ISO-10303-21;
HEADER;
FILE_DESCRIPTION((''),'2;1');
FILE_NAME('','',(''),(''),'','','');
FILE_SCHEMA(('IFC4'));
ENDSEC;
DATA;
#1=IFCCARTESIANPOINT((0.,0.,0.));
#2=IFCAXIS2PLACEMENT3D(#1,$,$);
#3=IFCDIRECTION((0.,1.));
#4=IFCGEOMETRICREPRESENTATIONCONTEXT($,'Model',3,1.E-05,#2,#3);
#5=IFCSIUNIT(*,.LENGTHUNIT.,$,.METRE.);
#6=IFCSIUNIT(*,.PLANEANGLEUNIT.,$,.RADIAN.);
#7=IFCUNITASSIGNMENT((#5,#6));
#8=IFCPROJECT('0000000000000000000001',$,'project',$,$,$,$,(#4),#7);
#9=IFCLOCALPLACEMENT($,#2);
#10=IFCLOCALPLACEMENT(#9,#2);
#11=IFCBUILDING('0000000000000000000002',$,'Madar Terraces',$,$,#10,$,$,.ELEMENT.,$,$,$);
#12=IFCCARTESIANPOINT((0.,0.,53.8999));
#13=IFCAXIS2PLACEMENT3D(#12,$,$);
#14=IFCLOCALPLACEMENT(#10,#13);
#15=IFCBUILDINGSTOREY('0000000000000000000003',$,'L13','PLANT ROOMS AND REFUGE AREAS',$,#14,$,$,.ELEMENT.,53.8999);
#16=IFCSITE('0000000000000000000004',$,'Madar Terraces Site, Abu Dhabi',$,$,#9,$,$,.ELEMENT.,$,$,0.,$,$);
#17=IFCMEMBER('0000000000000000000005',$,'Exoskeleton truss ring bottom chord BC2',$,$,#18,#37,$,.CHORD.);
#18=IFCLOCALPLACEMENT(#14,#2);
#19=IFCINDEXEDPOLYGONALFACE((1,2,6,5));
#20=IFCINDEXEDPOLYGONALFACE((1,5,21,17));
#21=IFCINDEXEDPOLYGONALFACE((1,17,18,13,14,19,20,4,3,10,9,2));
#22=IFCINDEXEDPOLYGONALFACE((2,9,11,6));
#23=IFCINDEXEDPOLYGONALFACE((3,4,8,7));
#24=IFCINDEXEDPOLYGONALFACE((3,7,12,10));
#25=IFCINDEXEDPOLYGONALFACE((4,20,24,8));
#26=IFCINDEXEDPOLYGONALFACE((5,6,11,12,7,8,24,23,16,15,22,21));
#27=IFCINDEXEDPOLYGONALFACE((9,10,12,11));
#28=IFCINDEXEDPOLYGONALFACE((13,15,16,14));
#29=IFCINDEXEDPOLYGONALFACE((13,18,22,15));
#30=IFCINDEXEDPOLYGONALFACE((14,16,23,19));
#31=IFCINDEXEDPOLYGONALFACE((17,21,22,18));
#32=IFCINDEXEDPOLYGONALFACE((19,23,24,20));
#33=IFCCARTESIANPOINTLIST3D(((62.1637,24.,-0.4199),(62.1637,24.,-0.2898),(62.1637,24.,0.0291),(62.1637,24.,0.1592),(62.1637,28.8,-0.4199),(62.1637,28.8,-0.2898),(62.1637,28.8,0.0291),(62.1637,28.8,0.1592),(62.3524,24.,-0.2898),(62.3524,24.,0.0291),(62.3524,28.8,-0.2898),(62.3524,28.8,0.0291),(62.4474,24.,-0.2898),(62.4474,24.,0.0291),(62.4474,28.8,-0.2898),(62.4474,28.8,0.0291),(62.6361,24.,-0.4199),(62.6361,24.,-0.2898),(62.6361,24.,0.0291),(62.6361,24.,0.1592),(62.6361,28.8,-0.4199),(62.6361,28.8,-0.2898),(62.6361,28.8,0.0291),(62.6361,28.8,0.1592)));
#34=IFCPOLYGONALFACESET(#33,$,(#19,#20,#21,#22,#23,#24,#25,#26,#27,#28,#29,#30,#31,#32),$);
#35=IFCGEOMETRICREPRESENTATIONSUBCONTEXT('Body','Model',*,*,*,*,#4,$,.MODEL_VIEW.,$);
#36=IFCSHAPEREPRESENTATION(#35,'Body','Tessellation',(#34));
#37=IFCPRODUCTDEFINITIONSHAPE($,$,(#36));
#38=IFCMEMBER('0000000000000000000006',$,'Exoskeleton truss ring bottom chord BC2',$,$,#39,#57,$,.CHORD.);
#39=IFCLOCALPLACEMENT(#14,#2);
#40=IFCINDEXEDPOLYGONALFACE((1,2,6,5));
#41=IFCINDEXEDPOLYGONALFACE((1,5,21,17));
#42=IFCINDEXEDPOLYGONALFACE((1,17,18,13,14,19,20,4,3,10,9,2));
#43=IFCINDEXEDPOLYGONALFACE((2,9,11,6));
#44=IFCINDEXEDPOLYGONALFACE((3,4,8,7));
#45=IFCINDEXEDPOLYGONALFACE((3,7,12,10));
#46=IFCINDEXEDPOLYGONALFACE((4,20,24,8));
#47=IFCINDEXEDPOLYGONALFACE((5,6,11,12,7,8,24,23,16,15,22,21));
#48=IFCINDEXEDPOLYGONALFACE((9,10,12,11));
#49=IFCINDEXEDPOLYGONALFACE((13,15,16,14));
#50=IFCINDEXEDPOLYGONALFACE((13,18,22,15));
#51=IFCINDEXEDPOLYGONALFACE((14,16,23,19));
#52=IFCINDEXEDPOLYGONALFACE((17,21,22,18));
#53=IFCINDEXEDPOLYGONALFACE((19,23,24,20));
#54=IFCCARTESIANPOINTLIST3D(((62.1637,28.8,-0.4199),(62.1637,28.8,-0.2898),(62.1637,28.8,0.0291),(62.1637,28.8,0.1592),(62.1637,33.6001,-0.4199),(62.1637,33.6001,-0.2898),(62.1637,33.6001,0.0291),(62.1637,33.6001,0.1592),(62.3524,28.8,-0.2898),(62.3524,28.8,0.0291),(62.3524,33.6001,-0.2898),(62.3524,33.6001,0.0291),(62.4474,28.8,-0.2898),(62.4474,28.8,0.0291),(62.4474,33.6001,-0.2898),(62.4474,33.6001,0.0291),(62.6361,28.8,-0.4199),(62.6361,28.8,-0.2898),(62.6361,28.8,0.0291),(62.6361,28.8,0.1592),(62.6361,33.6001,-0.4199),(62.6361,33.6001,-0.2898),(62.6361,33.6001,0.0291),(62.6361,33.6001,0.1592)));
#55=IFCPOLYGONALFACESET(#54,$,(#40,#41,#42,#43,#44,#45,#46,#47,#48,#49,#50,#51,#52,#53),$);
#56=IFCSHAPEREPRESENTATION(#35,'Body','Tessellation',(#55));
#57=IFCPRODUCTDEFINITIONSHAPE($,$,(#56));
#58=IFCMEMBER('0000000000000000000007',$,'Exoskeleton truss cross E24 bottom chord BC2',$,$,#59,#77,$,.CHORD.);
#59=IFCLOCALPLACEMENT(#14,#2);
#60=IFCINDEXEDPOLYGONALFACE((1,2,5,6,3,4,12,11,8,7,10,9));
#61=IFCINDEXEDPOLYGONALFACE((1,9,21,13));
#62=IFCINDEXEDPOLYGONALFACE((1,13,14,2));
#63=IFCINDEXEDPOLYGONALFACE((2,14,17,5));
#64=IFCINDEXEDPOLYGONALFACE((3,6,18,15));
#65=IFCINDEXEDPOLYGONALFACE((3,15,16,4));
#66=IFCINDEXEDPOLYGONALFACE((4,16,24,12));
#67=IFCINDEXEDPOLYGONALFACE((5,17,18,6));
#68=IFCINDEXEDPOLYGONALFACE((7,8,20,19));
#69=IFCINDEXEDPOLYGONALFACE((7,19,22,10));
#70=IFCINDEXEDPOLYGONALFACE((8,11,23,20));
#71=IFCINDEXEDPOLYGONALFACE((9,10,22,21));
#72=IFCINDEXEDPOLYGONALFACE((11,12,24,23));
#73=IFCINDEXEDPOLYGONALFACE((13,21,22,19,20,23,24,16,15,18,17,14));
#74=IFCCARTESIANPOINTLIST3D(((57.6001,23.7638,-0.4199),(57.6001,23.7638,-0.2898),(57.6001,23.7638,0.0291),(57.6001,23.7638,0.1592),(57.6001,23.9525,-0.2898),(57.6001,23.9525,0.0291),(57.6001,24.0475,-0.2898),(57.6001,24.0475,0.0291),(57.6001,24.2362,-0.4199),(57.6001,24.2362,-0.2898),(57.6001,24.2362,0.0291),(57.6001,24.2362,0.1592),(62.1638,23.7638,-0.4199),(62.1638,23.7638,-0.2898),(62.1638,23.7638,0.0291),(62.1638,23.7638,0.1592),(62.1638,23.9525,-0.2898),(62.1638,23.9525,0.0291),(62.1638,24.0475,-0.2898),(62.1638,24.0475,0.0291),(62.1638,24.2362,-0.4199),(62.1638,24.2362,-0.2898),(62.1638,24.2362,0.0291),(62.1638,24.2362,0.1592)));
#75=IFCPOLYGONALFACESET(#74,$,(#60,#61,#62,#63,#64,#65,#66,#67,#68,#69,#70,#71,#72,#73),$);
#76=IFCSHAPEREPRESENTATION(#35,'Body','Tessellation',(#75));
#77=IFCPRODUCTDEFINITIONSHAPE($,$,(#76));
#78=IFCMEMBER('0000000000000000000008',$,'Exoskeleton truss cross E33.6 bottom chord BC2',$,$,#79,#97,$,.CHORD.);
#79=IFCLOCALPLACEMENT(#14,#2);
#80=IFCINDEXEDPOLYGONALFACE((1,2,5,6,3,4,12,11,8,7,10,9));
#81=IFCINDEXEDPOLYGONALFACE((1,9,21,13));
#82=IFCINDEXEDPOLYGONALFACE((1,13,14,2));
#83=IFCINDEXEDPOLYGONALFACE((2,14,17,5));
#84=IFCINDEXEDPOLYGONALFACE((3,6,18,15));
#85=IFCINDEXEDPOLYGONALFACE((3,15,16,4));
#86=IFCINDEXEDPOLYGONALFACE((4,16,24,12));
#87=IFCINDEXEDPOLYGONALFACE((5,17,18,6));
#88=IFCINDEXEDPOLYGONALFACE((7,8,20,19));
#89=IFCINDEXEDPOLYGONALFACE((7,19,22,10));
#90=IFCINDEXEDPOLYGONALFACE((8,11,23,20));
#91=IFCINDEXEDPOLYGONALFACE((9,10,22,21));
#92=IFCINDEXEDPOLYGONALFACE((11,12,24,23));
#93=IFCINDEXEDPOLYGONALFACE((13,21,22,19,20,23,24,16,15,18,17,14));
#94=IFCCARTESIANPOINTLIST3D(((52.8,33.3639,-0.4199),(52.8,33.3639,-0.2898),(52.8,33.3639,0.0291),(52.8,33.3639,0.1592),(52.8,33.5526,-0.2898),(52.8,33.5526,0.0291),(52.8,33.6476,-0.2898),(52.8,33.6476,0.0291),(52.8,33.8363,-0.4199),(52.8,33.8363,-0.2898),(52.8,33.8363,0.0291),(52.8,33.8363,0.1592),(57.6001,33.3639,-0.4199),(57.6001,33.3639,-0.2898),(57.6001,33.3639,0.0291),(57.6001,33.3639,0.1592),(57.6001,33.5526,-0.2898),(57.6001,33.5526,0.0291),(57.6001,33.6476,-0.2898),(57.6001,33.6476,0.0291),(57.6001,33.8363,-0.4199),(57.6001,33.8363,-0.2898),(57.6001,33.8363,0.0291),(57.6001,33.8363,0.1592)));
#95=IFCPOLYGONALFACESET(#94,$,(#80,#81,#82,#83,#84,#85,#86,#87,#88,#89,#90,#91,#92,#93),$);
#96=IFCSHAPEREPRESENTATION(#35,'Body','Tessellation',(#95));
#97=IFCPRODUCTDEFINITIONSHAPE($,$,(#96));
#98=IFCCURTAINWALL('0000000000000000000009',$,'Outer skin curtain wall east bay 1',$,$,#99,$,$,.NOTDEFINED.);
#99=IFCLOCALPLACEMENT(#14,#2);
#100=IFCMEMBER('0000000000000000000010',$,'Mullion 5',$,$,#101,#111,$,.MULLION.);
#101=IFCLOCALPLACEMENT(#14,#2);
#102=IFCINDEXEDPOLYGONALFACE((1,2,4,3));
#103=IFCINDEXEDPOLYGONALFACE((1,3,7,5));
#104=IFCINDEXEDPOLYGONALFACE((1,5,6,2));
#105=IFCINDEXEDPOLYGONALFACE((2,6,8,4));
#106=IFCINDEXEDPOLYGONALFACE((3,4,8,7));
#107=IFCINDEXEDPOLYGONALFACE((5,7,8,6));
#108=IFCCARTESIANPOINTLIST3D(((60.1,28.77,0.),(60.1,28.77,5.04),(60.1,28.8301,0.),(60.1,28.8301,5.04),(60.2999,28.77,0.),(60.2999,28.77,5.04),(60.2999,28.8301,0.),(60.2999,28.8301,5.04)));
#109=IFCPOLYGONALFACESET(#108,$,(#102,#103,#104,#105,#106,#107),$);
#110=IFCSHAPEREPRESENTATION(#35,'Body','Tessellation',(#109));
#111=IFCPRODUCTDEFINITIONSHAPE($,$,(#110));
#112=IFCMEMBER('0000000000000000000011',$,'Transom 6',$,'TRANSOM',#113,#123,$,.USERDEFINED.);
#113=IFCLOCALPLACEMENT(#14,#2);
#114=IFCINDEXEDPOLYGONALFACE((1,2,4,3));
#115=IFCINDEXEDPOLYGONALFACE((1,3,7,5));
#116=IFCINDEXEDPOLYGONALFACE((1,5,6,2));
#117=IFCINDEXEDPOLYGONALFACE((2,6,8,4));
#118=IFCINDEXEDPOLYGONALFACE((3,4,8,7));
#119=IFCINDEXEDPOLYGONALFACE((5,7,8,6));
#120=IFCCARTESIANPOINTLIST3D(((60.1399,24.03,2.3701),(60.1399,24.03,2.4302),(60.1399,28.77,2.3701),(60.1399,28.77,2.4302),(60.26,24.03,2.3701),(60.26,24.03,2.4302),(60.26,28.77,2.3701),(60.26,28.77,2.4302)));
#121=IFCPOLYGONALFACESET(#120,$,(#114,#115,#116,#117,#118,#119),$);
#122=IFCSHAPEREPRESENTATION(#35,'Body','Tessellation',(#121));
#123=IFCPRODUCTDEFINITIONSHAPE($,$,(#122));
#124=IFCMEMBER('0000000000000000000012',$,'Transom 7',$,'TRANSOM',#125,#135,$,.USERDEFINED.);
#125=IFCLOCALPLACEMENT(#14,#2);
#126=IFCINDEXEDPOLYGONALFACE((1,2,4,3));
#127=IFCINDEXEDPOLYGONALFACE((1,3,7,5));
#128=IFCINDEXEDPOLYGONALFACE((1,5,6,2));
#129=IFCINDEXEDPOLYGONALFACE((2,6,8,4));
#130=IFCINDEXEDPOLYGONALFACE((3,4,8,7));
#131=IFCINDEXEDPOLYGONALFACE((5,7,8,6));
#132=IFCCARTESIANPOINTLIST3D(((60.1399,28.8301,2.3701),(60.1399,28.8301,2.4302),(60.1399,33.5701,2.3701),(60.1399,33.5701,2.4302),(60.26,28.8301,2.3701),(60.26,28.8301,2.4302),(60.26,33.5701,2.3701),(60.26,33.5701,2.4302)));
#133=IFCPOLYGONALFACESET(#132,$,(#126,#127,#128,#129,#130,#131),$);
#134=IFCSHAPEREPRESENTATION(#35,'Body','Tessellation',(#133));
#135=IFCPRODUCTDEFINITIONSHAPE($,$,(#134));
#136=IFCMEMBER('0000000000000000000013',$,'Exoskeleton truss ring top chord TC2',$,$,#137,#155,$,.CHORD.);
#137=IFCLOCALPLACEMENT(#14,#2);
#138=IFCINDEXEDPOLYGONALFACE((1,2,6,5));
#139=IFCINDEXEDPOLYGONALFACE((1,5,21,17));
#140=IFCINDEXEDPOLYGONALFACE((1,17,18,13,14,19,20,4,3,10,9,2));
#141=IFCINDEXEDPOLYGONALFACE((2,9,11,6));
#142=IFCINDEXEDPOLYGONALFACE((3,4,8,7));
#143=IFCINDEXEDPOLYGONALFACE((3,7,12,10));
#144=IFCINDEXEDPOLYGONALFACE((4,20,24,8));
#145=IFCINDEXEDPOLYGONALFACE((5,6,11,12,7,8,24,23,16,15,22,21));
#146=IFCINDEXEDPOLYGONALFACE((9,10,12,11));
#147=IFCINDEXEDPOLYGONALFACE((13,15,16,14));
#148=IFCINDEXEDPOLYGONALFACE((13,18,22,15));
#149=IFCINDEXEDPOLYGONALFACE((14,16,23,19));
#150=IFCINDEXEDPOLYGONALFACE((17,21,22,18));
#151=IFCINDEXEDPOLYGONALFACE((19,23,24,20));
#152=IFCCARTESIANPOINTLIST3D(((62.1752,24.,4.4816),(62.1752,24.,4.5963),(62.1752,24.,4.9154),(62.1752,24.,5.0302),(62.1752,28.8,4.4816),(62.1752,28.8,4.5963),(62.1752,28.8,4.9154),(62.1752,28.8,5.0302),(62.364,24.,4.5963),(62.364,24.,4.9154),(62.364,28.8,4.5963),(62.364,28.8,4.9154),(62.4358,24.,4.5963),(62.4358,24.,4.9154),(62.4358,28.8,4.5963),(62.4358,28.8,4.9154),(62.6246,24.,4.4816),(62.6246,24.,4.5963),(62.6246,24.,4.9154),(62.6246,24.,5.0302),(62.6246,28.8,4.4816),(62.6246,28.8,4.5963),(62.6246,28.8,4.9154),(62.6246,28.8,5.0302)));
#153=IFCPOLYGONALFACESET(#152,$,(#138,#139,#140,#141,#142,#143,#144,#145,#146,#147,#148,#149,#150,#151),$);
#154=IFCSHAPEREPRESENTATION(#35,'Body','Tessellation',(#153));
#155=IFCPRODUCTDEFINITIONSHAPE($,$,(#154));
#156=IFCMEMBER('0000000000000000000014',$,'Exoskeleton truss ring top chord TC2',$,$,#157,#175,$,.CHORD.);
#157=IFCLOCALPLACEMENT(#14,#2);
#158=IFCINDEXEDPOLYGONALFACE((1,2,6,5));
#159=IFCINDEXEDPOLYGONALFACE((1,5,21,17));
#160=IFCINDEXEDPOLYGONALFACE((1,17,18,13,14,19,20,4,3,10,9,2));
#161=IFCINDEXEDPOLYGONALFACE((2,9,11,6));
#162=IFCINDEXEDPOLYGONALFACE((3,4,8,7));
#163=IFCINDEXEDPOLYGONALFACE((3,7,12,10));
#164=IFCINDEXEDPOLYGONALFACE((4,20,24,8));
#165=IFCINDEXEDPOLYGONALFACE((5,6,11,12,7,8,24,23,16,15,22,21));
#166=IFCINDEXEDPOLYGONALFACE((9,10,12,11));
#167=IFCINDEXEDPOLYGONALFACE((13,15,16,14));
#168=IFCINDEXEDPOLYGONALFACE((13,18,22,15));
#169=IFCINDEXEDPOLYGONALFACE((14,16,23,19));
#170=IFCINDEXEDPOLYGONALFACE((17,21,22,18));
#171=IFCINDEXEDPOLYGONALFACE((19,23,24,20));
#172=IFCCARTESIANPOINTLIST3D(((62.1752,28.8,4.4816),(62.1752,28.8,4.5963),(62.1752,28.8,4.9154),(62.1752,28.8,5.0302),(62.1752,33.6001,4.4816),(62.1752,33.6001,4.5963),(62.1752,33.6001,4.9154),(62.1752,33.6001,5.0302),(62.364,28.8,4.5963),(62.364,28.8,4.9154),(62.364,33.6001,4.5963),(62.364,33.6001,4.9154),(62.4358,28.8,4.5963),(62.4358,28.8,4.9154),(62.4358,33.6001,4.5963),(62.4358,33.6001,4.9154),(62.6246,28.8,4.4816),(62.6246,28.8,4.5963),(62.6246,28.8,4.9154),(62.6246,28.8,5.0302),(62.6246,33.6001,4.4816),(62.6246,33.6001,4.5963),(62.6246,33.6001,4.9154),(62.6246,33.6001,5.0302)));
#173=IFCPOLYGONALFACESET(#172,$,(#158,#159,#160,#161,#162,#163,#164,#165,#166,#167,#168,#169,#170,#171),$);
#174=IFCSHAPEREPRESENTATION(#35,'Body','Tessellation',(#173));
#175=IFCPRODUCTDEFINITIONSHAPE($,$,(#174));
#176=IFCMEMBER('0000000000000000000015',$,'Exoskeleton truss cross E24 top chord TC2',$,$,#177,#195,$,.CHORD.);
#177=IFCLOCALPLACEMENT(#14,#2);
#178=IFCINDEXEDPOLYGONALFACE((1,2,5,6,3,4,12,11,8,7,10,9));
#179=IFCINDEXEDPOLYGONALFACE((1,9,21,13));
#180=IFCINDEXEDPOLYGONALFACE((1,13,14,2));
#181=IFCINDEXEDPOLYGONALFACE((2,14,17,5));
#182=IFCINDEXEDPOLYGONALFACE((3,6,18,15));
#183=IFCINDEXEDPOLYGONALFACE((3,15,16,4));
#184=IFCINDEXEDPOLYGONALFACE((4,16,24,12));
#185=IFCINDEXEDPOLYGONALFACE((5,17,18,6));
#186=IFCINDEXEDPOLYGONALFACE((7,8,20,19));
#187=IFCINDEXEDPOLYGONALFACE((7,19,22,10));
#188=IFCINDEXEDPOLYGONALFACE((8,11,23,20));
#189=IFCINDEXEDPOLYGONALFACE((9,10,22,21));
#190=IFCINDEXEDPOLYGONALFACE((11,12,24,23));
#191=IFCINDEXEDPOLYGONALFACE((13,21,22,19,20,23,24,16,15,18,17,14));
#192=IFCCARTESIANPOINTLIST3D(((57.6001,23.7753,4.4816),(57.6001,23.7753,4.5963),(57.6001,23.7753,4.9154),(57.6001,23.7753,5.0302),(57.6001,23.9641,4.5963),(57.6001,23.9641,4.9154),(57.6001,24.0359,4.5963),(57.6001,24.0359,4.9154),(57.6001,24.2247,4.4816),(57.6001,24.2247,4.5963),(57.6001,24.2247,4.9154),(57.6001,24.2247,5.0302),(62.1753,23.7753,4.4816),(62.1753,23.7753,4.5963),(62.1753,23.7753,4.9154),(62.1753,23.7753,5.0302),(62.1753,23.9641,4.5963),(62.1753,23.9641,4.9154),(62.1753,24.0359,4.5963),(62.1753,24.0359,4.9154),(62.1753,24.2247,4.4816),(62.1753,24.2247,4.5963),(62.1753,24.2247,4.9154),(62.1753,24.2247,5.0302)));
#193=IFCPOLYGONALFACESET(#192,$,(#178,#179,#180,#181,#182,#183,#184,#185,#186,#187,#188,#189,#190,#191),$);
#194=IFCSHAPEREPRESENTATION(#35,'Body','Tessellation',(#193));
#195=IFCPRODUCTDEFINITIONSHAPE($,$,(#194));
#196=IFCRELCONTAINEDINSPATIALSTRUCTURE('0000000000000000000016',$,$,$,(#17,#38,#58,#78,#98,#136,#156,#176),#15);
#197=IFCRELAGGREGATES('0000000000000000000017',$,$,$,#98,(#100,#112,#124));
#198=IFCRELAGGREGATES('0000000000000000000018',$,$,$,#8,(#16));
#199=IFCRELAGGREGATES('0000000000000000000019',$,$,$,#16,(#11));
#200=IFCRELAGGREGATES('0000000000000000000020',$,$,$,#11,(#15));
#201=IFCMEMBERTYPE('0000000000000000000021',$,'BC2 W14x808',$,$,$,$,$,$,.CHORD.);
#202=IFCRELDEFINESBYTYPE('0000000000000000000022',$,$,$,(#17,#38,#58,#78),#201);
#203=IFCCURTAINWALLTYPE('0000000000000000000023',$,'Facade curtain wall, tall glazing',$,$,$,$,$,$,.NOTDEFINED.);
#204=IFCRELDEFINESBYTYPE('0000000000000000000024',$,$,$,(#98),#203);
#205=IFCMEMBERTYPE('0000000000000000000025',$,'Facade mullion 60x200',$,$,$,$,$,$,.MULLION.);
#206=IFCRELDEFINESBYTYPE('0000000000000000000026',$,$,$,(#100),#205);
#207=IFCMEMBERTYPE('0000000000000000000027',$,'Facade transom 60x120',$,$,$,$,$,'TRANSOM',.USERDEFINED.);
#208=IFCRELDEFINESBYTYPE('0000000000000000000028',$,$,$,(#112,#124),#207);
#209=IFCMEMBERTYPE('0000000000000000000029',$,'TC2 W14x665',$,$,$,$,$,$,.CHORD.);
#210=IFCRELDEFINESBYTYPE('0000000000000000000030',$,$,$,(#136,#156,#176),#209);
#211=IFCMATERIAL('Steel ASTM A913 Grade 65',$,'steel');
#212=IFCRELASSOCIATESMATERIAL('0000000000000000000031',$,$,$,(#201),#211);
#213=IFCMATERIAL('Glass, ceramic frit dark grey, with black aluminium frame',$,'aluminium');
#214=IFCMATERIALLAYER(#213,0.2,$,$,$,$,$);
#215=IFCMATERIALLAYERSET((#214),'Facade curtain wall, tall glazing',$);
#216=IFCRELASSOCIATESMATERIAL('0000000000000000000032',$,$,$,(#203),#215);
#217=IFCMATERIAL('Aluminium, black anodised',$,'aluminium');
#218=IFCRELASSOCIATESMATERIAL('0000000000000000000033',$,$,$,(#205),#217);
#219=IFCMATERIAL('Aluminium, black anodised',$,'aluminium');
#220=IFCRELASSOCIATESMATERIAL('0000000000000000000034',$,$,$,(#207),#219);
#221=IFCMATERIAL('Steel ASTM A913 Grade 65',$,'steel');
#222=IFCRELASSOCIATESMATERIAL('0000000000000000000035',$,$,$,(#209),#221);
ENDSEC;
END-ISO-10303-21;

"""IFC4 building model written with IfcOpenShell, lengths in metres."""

from ifc_helpers import new_model, si_unit, direction, frame, origin, origin_2d, place, context, subcontext, project, spatial, rectangle, i_section, extrude, material, layer, layer_set, material_profile, profile_set, type_object, element, aggregate, save


model = new_model("IFC4")

# Units and contexts
model_context = context("Model", 3, precision=1e-05, world=origin(), true_north=direction((0.0, 1.0)))
body_context = subcontext(model_context, "Body", "Model", "MODEL_VIEW")
ifc_project = project(units=[si_unit("LENGTHUNIT", "METRE"), si_unit("PLANEANGLEUNIT", "RADIAN")], contexts=[model_context])

# Site, building, storey
site_placement = place(None, origin())
site = spatial("IfcSite", under=ifc_project, at=site_placement, Name="Madar Terraces Site, Abu Dhabi", CompositionType="ELEMENT", RefElevation=0.0)
building_placement = place(site_placement, origin())
building = spatial("IfcBuilding", under=site, at=building_placement, Name="Madar Terraces", CompositionType="ELEMENT")
storey_placement = place(building_placement, frame((0.0, 0.0, 53.8999)))
storey = spatial("IfcBuildingStorey", under=building, at=storey_placement, Name="L13", Description="PLANT ROOMS AND REFUGE AREAS", CompositionType="ELEMENT", Elevation=53.8999)

# Members
ifc_material_1 = material(Name="Steel ASTM A913 Grade 65", Category="steel")
ifc_material_profile_1 = material_profile(ifc_material_1, i_section(OverallWidth=0.4724, OverallDepth=0.5791, WebThickness=0.095, FlangeThickness=0.1301, at=origin_2d()), Name="W14x808")
ifc_profile_set_1 = profile_set([ifc_material_profile_1], Name="Steel ASTM A913 Grade 65")
member_type_1 = type_object("IfcMemberType", Name="BC2 W14x808", PredefinedType="CHORD", material=ifc_profile_set_1)
for number, where, z_axis, x_axis, name in (
    (1, (62.3999, 24.0, -0.1304), (0.0, 1.0, 0.0), (-1.0, 0.0, 0.0), "Exoskeleton truss ring bottom chord BC2"),
    (2, (62.3999, 28.8, -0.1304), (0.0, 1.0, 0.0), (-1.0, 0.0, 0.0), "Exoskeleton truss ring bottom chord BC2"),
):
    element("IfcMember", number, at=place(storey_placement, frame(where, z_axis=z_axis, x_axis=x_axis)), inside=storey, type_object=member_type_1, Name=name, PredefinedType="CHORD", context=body_context, shape_type="SweptSolid", body=[
        extrude(i_section(OverallWidth=0.4724, OverallDepth=0.5791, WebThickness=0.095, FlangeThickness=0.1301, at=origin_2d()), origin(), (0.0, 0.0, 1.0), 4.8),
    ])
member_1_placement = place(storey_placement, frame((62.1638, 24.0, -0.1304), z_axis=(-1.0, 0.0, 0.0), x_axis=(0.0, -1.0, 0.0)))
element("IfcMember", 3, at=member_1_placement, inside=storey, type_object=member_type_1, Name="Exoskeleton truss cross E24 bottom chord BC2", PredefinedType="CHORD", context=body_context, shape_type="SweptSolid", body=[
    extrude(i_section(OverallWidth=0.4724, OverallDepth=0.5791, WebThickness=0.095, FlangeThickness=0.1301, at=origin_2d()), origin(), (0.0, 0.0, 1.0), 4.5637),
])
member_2_placement = place(storey_placement, frame((57.6001, 33.6001, -0.1304), z_axis=(-1.0, 0.0, 0.0), x_axis=(0.0, -1.0, 0.0)))
element("IfcMember", 4, at=member_2_placement, inside=storey, type_object=member_type_1, Name="Exoskeleton truss cross E33.6 bottom chord BC2", PredefinedType="CHORD", context=body_context, shape_type="SweptSolid", body=[
    extrude(i_section(OverallWidth=0.4724, OverallDepth=0.5791, WebThickness=0.095, FlangeThickness=0.1301, at=origin_2d()), origin(), (0.0, 0.0, 1.0), 4.8),
])

# Curtain wall, members
ifc_material_2 = material(Name="Glass, ceramic frit dark grey, with black aluminium frame", Category="aluminium")
ifc_layer_1 = layer(ifc_material_2, 0.2)
ifc_layer_set_1 = layer_set([ifc_layer_1], Name="Facade curtain wall, tall glazing")
curtain_wall_type = type_object("IfcCurtainWallType", Name="Facade curtain wall, tall glazing", PredefinedType="NOTDEFINED", material=ifc_layer_set_1)
curtain_wall_placement = place(storey_placement, origin())
curtain_wall = element("IfcCurtainWall", 5, at=curtain_wall_placement, inside=storey, type_object=curtain_wall_type, Name="Outer skin curtain wall east bay 1", PredefinedType="NOTDEFINED")
ifc_material_3 = material(Name="Aluminium, black anodised", Category="aluminium")
ifc_material_profile_2 = material_profile(ifc_material_3, rectangle(XDim=0.2, YDim=0.0601, at=origin_2d()), Name="Facade mullion 60x200")
ifc_profile_set_2 = profile_set([ifc_material_profile_2], Name="Aluminium, black anodised")
member_type_2 = type_object("IfcMemberType", Name="Facade mullion 60x200", PredefinedType="MULLION", material=ifc_profile_set_2)
member_3_placement = place(storey_placement, frame((60.2, 28.8, 0.0), z_axis=(0.0, 0.0, 1.0), x_axis=(-1.0, 0.0, 0.0)))
member_3 = element("IfcMember", 6, at=member_3_placement, type_object=member_type_2, Name="Mullion 5", PredefinedType="MULLION", context=body_context, shape_type="SweptSolid", body=[
    extrude(rectangle(XDim=0.2, YDim=0.0601, at=origin_2d()), origin(), (0.0, 0.0, 1.0), 5.04),
])
ifc_material_4 = material(Name="Aluminium, black anodised", Category="aluminium")
ifc_material_profile_3 = material_profile(ifc_material_4, rectangle(XDim=0.1201, YDim=0.0601, at=origin_2d()), Name="Facade transom 60x120")
ifc_profile_set_3 = profile_set([ifc_material_profile_3], Name="Aluminium, black anodised")
member_type_3 = type_object("IfcMemberType", Name="Facade transom 60x120", ElementType="TRANSOM", PredefinedType="USERDEFINED", material=ifc_profile_set_3)
member_4_placement = place(storey_placement, frame((60.2, 24.03, 2.4001), z_axis=(0.0, 1.0, 0.0), x_axis=(-1.0, 0.0, 0.0)))
member_4 = element("IfcMember", 7, at=member_4_placement, type_object=member_type_3, Name="Transom 6", ObjectType="TRANSOM", PredefinedType="USERDEFINED", context=body_context, shape_type="SweptSolid", body=[
    extrude(rectangle(XDim=0.1201, YDim=0.0601, at=origin_2d()), origin(), (0.0, 0.0, 1.0), 4.74),
])
member_5_placement = place(storey_placement, frame((60.2, 28.8301, 2.4001), z_axis=(0.0, 1.0, 0.0), x_axis=(-1.0, 0.0, 0.0)))
member_5 = element("IfcMember", 8, at=member_5_placement, type_object=member_type_3, Name="Transom 7", ObjectType="TRANSOM", PredefinedType="USERDEFINED", context=body_context, shape_type="SweptSolid", body=[
    extrude(rectangle(XDim=0.1201, YDim=0.0601, at=origin_2d()), origin(), (0.0, 0.0, 1.0), 4.74),
])

# Members
ifc_material_5 = material(Name="Steel ASTM A913 Grade 65", Category="steel")
ifc_material_profile_4 = material_profile(ifc_material_5, i_section(OverallWidth=0.4495, OverallDepth=0.5486, WebThickness=0.0718, FlangeThickness=0.1147, at=origin_2d()), Name="W14x665")
ifc_profile_set_4 = profile_set([ifc_material_profile_4], Name="Steel ASTM A913 Grade 65")
member_type_4 = type_object("IfcMemberType", Name="TC2 W14x665", PredefinedType="CHORD", material=ifc_profile_set_4)
for number, where, z_axis, x_axis, name in (
    (9, (62.3999, 24.0, 4.7559), (0.0, 1.0, 0.0), (-1.0, 0.0, 0.0), "Exoskeleton truss ring top chord TC2"),
    (10, (62.3999, 28.8, 4.7559), (0.0, 1.0, 0.0), (-1.0, 0.0, 0.0), "Exoskeleton truss ring top chord TC2"),
):
    element("IfcMember", number, at=place(storey_placement, frame(where, z_axis=z_axis, x_axis=x_axis)), inside=storey, type_object=member_type_4, Name=name, PredefinedType="CHORD", context=body_context, shape_type="SweptSolid", body=[
        extrude(i_section(OverallWidth=0.4495, OverallDepth=0.5486, WebThickness=0.0718, FlangeThickness=0.1147, at=origin_2d()), origin(), (0.0, 0.0, 1.0), 4.8),
    ])
member_6_placement = place(storey_placement, frame((62.1753, 24.0, 4.7559), z_axis=(-1.0, 0.0, 0.0), x_axis=(0.0, -1.0, 0.0)))
element("IfcMember", 11, at=member_6_placement, inside=storey, type_object=member_type_4, Name="Exoskeleton truss cross E24 top chord TC2", PredefinedType="CHORD", context=body_context, shape_type="SweptSolid", body=[
    extrude(i_section(OverallWidth=0.4495, OverallDepth=0.5486, WebThickness=0.0718, FlangeThickness=0.1147, at=origin_2d()), origin(), (0.0, 0.0, 1.0), 4.5752),
])

aggregate(curtain_wall, [member_3, member_4, member_5])

save(model, "model.ifc")
